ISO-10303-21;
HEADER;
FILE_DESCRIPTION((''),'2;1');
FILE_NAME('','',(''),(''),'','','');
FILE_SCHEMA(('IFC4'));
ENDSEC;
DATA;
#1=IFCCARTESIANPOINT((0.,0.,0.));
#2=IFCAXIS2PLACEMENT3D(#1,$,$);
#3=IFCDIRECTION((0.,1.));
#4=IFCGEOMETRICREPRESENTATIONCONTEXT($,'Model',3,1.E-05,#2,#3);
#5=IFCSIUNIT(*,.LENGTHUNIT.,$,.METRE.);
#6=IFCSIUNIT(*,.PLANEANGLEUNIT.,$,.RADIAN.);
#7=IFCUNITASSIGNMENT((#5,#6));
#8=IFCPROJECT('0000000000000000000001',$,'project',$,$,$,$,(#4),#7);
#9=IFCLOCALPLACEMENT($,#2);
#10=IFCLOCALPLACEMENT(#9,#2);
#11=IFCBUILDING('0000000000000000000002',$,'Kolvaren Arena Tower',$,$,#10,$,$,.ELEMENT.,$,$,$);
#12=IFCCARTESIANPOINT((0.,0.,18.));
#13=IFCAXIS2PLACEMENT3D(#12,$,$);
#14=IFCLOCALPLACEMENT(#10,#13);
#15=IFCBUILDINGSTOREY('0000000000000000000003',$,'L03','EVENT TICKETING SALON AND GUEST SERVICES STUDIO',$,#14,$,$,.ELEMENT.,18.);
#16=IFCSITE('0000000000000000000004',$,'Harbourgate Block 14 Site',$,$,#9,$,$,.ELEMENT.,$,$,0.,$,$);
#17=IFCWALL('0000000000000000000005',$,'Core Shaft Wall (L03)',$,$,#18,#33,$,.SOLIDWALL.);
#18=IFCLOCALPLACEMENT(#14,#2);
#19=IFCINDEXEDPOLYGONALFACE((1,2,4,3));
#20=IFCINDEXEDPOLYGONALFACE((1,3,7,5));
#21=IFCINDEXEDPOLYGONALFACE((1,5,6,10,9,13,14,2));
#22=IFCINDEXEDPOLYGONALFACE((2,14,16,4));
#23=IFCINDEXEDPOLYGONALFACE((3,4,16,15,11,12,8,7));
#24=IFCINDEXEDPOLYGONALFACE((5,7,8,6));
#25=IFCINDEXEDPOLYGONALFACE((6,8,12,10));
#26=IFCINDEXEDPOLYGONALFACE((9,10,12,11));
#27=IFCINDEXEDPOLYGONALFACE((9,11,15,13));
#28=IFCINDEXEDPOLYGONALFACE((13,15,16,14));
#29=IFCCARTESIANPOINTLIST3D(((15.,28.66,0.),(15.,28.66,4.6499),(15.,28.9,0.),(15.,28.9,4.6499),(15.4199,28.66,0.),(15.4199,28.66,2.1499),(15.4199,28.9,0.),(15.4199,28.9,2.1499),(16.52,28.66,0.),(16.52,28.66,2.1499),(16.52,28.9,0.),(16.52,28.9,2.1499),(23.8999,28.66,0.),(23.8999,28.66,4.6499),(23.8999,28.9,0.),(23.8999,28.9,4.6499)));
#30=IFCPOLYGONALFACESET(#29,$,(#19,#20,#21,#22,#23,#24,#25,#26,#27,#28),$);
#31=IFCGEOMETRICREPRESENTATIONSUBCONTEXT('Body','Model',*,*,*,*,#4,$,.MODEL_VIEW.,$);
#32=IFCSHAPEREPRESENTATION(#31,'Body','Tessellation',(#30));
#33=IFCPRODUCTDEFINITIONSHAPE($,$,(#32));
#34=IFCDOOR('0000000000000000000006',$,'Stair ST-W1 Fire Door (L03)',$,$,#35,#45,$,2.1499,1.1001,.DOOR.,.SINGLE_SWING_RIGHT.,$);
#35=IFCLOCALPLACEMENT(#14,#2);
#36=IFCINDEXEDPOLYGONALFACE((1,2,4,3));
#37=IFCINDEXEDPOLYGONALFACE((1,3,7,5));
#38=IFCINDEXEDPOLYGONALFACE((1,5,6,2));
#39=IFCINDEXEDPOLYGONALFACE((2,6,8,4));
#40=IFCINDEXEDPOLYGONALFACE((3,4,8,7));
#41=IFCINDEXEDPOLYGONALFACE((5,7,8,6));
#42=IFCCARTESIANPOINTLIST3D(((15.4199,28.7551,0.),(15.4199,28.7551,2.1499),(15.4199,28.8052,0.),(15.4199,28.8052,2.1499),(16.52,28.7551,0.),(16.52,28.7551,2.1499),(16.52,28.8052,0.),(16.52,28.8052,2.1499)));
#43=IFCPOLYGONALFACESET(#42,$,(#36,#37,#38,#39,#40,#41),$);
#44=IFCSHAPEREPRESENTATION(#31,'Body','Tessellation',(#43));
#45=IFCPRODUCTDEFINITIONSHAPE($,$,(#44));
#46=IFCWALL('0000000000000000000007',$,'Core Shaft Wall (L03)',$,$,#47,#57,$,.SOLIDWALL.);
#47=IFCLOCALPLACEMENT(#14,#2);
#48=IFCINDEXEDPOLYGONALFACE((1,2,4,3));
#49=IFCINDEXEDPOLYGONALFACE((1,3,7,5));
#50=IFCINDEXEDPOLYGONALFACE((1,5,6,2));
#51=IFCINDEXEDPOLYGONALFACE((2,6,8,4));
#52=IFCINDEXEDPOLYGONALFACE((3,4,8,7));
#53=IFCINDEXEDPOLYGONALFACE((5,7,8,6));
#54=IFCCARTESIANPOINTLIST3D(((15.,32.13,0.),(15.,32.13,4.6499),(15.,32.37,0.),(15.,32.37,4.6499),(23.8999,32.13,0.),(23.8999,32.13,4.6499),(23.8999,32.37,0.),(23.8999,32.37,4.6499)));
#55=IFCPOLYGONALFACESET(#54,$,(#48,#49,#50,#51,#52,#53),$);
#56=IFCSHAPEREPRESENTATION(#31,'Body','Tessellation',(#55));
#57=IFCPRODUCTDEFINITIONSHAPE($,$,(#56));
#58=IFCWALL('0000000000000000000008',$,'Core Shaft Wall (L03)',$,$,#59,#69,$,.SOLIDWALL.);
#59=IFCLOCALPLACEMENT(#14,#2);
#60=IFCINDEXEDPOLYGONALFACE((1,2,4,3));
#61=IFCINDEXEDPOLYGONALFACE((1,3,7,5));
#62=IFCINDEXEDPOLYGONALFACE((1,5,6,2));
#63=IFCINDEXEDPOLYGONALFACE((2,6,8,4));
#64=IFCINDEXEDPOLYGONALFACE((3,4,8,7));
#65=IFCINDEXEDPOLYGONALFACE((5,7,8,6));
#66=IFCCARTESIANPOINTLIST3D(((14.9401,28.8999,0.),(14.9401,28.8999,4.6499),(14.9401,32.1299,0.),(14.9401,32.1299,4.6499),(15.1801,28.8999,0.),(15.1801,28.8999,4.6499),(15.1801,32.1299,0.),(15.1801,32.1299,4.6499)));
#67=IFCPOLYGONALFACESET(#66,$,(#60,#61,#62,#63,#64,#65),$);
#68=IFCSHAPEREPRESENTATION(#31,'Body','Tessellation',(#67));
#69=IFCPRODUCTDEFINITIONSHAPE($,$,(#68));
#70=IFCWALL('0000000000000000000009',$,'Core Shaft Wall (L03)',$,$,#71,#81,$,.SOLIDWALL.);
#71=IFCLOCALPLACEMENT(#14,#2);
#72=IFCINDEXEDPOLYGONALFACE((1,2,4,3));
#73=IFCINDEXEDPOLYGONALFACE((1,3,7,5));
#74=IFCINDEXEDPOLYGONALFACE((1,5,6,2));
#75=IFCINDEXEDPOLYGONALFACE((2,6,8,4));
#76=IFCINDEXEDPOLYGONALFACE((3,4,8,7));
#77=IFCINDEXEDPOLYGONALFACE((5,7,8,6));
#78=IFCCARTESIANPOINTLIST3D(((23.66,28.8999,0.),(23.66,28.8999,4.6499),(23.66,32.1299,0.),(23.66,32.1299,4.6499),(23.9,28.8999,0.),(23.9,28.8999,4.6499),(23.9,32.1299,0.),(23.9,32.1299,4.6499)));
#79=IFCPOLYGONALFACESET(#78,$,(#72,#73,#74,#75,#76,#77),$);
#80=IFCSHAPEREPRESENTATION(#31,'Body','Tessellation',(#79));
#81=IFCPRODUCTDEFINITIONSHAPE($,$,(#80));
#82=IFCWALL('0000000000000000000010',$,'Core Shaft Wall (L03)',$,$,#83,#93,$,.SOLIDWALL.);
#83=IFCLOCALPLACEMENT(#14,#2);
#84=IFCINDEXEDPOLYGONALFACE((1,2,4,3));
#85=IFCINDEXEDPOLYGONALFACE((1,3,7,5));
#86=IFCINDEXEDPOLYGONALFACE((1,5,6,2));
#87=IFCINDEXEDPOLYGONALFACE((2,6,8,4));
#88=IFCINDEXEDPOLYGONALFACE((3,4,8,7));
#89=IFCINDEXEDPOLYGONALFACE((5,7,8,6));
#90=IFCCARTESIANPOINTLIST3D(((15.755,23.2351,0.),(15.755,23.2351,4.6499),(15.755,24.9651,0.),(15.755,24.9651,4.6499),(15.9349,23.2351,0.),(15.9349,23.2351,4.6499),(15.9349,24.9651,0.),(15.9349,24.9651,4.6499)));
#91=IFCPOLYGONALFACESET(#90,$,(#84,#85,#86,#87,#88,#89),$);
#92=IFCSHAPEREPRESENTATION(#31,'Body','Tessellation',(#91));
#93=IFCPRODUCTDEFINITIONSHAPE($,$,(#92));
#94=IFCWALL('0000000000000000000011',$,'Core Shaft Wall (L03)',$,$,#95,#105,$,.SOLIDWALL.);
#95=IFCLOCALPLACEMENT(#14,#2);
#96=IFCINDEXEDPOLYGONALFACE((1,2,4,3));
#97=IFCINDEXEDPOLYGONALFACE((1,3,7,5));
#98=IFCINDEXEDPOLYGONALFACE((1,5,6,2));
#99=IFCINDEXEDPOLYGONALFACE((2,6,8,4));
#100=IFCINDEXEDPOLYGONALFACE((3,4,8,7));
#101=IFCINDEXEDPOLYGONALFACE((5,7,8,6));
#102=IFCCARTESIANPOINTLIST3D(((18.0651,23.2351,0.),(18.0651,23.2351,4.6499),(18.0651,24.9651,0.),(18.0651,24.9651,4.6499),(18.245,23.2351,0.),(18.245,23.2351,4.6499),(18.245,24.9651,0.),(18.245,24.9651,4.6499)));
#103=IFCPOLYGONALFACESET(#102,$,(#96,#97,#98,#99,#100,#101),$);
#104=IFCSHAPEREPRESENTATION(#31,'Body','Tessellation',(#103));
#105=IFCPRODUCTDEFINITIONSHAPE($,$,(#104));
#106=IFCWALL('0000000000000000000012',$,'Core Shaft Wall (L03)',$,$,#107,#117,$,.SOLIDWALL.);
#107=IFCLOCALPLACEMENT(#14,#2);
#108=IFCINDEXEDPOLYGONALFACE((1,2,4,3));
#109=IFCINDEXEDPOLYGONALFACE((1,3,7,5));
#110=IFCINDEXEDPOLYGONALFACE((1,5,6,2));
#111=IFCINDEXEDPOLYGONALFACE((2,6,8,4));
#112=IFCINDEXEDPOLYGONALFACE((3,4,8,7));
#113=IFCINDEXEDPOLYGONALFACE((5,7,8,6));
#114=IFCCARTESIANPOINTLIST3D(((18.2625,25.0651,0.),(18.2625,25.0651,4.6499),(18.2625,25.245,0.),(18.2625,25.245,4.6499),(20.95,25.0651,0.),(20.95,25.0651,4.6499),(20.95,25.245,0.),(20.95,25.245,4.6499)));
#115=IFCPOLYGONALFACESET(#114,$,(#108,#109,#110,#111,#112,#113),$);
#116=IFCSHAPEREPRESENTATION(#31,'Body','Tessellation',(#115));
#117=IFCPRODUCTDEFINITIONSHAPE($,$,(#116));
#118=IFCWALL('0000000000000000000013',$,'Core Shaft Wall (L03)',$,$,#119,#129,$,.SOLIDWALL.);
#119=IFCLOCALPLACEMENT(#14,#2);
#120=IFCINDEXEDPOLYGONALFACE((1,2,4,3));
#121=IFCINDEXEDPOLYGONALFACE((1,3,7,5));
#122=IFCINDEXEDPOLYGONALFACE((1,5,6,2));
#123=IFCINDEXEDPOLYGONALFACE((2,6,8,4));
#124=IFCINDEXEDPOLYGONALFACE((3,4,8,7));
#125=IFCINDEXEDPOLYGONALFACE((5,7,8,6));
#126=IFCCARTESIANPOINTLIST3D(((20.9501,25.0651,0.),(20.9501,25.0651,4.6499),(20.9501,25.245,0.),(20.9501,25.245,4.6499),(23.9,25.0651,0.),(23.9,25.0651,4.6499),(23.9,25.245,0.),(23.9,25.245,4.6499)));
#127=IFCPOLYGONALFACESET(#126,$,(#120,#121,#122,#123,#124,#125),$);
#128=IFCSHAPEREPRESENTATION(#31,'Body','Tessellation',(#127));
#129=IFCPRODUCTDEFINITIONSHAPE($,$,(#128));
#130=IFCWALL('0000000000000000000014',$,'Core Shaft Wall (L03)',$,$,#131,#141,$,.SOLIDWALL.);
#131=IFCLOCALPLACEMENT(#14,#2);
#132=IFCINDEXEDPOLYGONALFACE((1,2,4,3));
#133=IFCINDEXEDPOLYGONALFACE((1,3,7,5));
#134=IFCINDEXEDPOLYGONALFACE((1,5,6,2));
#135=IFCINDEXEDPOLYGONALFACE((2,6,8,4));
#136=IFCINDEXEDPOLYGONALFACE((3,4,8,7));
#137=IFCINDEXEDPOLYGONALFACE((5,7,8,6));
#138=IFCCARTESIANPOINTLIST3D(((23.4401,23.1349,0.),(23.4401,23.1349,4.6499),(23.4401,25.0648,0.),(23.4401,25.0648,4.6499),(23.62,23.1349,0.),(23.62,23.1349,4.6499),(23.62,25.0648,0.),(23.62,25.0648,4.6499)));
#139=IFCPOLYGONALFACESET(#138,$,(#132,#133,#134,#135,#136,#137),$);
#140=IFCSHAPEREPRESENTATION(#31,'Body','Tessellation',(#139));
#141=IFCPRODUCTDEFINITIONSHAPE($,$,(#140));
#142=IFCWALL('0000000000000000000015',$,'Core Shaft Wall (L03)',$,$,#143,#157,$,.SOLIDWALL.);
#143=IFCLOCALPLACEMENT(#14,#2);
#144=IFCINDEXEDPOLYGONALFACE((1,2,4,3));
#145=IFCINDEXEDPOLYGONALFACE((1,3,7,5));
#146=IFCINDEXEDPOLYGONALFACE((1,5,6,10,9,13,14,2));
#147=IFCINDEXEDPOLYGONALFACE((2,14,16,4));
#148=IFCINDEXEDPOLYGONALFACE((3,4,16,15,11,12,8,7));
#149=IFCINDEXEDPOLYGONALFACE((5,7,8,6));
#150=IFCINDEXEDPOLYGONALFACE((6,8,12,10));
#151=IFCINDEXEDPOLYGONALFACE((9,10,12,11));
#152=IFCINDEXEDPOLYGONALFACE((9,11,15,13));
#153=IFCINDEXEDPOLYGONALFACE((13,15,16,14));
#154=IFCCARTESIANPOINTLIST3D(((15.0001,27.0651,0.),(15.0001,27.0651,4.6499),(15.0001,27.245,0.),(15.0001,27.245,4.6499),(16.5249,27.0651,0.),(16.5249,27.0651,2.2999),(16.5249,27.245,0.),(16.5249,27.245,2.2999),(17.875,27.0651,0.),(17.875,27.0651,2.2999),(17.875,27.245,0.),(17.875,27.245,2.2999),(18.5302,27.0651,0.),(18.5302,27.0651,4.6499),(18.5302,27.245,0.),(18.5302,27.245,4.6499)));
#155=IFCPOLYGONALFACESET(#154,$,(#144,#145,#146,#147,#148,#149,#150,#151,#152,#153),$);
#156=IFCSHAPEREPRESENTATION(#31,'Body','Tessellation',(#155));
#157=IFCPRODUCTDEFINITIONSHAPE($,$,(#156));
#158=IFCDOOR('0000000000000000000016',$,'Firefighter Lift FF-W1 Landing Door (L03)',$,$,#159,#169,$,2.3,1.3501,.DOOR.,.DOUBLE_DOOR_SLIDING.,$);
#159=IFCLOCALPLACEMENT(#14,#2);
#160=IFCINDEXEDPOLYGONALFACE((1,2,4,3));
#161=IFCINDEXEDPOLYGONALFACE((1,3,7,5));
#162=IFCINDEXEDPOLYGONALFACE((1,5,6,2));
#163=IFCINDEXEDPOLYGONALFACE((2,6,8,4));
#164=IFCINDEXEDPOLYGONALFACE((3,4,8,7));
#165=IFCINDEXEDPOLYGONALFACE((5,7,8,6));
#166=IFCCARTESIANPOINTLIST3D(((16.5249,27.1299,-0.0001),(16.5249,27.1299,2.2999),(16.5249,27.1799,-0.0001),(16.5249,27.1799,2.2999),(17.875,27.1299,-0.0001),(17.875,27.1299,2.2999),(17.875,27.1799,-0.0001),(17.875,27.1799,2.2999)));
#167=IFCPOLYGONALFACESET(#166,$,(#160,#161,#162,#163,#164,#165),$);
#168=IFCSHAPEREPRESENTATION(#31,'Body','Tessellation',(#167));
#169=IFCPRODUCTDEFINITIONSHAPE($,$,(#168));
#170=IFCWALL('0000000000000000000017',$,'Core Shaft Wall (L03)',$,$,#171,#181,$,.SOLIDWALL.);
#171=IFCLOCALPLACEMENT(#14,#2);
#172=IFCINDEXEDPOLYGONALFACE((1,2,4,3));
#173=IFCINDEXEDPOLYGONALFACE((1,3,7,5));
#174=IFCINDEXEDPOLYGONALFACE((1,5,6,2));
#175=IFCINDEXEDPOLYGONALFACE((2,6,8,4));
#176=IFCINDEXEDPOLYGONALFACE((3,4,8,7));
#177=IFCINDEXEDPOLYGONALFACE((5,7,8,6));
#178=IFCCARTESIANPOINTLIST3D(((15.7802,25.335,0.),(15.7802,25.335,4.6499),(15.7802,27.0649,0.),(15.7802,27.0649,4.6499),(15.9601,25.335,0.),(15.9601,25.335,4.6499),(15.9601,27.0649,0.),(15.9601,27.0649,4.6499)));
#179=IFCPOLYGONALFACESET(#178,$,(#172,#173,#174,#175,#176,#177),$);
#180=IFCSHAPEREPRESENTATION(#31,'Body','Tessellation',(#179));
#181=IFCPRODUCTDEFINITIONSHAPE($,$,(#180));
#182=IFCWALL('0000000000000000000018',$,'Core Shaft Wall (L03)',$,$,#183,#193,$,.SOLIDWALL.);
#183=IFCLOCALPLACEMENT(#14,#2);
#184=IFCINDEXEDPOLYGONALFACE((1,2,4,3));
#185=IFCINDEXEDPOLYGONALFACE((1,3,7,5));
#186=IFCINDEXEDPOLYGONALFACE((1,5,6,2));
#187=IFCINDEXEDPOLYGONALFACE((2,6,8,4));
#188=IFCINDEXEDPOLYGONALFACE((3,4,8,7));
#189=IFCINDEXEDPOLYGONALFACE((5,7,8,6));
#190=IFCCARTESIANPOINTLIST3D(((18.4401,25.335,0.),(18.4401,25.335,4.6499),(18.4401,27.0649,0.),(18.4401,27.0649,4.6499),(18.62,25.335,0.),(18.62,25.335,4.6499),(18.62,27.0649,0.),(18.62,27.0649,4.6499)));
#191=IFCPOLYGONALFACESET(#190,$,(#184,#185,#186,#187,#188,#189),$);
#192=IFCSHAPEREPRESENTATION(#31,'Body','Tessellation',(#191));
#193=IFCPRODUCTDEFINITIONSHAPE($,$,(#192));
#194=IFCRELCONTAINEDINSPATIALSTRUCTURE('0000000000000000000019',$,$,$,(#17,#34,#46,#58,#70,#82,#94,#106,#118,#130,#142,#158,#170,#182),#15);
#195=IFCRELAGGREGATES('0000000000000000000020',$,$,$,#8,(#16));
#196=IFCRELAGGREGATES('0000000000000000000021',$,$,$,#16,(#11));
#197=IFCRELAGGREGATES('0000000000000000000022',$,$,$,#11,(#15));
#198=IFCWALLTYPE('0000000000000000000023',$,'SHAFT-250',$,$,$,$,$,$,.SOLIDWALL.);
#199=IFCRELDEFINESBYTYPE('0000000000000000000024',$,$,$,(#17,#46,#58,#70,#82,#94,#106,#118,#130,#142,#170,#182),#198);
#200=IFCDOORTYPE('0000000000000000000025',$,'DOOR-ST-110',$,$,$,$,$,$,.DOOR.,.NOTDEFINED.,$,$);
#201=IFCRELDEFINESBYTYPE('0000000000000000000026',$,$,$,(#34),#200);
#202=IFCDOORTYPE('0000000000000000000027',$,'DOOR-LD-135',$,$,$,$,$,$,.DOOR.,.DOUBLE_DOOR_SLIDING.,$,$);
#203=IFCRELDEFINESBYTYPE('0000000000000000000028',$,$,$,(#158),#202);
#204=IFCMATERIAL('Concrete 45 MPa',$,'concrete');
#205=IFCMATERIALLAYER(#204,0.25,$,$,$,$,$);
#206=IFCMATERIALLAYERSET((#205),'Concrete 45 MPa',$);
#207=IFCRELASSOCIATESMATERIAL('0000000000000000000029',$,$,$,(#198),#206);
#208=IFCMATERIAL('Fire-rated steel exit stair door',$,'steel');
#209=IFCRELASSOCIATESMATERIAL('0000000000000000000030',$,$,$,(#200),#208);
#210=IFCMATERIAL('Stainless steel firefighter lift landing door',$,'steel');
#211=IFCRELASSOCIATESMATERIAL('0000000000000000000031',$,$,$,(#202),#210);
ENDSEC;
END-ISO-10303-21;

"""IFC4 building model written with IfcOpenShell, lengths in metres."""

from ifc_helpers import new_model, si_unit, direction, frame, frame_2d, origin, place, context, subcontext, project, spatial, rectangle, extrude, material, layer, layer_set, type_object, element, fill, save


model = new_model("IFC4")

# Units and contexts
model_context = context("Model", 3, precision=1e-05, world=origin(), true_north=direction((0.0, 1.0)))
body_context = subcontext(model_context, "Body", "Model", "MODEL_VIEW")
ifc_project = project(units=[si_unit("LENGTHUNIT", "METRE"), si_unit("PLANEANGLEUNIT", "RADIAN")], contexts=[model_context])

# Site, building, storey
site_placement = place(None, origin())
site = spatial("IfcSite", under=ifc_project, at=site_placement, Name="Harbourgate Block 14 Site", CompositionType="ELEMENT", RefElevation=0.0)
building_placement = place(site_placement, origin())
building = spatial("IfcBuilding", under=site, at=building_placement, Name="Kolvaren Arena Tower", CompositionType="ELEMENT")
storey_placement = place(building_placement, frame((0.0, 0.0, 18.0)))
storey = spatial("IfcBuildingStorey", under=building, at=storey_placement, Name="L03", Description="EVENT TICKETING SALON AND GUEST SERVICES STUDIO", CompositionType="ELEMENT", Elevation=18.0)

# Wall, opening, door
ifc_material_1 = material(Name="Concrete 45 MPa", Category="concrete")
ifc_layer_1 = layer(ifc_material_1, 0.25)
ifc_layer_set_1 = layer_set([ifc_layer_1], Name="Concrete 45 MPa")
wall_type_1 = type_object("IfcWallType", Name="SHAFT-250", PredefinedType="SOLIDWALL", material=ifc_layer_set_1)
wall_1_placement = place(storey_placement, frame((23.8999, 28.78, 0.0), z_axis=(0.0, 0.0, 1.0), x_axis=(-1.0, 0.0, 0.0)))
wall_1 = element("IfcWall", 1, at=wall_1_placement, inside=storey, type_object=wall_type_1, Name="Core Shaft Wall (L03)", PredefinedType="SOLIDWALL", context=body_context, shape_type="SweptSolid", body=[
    extrude(rectangle(XDim=8.8999, YDim=0.24, at=frame_2d((4.45, 0.0))), origin(), (0.0, 0.0, 1.0), 4.6499),
])
opening_1_placement = place(wall_1_placement, frame((7.3799, 0.0, 0.0)))
opening_1 = element("IfcOpeningElement", 2, at=opening_1_placement, cuts=wall_1, PredefinedType="OPENING", context=body_context, shape_type="SweptSolid", body=[
    extrude(rectangle(XDim=1.1001, YDim=2.1499, at=frame_2d((0.55, 1.075))), frame((0.0, 0.1299, 0.0), z_axis=(0.0, -1.0, 0.0), x_axis=(1.0, 0.0, 0.0)), (0.0, 0.0, 1.0), 0.26),
])
ifc_material_2 = material(Name="Fire-rated steel exit stair door", Category="steel")
door_type_1 = type_object("IfcDoorType", Name="DOOR-ST-110", OperationType="NOTDEFINED", PredefinedType="DOOR", material=ifc_material_2)
door_1_placement = place(opening_1_placement, origin())
door_1 = element("IfcDoor", 3, at=door_1_placement, inside=storey, type_object=door_type_1, Name="Stair ST-W1 Fire Door (L03)", OperationType="SINGLE_SWING_RIGHT", OverallHeight=2.1499, OverallWidth=1.1001, PredefinedType="DOOR", context=body_context, shape_type="SweptSolid", body=[
    extrude(rectangle(XDim=1.1001, YDim=2.1499, at=frame_2d((0.55, 1.075))), frame((0.0, 0.0249, 0.0), z_axis=(0.0, -1.0, 0.0), x_axis=(1.0, 0.0, 0.0)), (0.0, 0.0, 1.0), 0.05),
])
fill(opening_1, door_1)

# Walls
wall_2_placement = place(storey_placement, frame((15.0, 32.25, 0.0), z_axis=(0.0, 0.0, 1.0), x_axis=(1.0, 0.0, 0.0)))
element("IfcWall", 4, at=wall_2_placement, inside=storey, type_object=wall_type_1, Name="Core Shaft Wall (L03)", PredefinedType="SOLIDWALL", context=body_context, shape_type="SweptSolid", body=[
    extrude(rectangle(XDim=8.8999, YDim=0.24, at=frame_2d((4.45, 0.0))), origin(), (0.0, 0.0, 1.0), 4.6499),
])
for number, where, z_axis, x_axis, name in (
    (5, (15.0601, 28.8999, 0.0), (0.0, 0.0, 1.0), (0.0, 1.0, 0.0), "Core Shaft Wall (L03)"),
    (6, (23.78, 28.8999, 0.0), (0.0, 0.0, 1.0), (0.0, 1.0, 0.0), "Core Shaft Wall (L03)"),
):
    element("IfcWall", number, at=place(storey_placement, frame(where, z_axis=z_axis, x_axis=x_axis)), inside=storey, type_object=wall_type_1, Name=name, PredefinedType="SOLIDWALL", context=body_context, shape_type="SweptSolid", body=[
        extrude(rectangle(XDim=3.23, YDim=0.24, at=frame_2d((1.615, 0.0))), origin(), (0.0, 0.0, 1.0), 4.6499),
    ])
for number, where, z_axis, x_axis, name in (
    (7, (15.845, 23.2351, 0.0), (0.0, 0.0, 1.0), (0.0, 1.0, 0.0), "Core Shaft Wall (L03)"),
    (8, (18.155, 23.2351, 0.0), (0.0, 0.0, 1.0), (0.0, 1.0, 0.0), "Core Shaft Wall (L03)"),
):
    element("IfcWall", number, at=place(storey_placement, frame(where, z_axis=z_axis, x_axis=x_axis)), inside=storey, type_object=wall_type_1, Name=name, PredefinedType="SOLIDWALL", context=body_context, shape_type="SweptSolid", body=[
        extrude(rectangle(XDim=1.73, YDim=0.1799, at=frame_2d((0.865, 0.0))), origin(), (0.0, 0.0, 1.0), 4.6499),
    ])
wall_3_placement = place(storey_placement, frame((18.2625, 25.155, 0.0), z_axis=(0.0, 0.0, 1.0), x_axis=(1.0, 0.0, 0.0)))
element("IfcWall", 9, at=wall_3_placement, inside=storey, type_object=wall_type_1, Name="Core Shaft Wall (L03)", PredefinedType="SOLIDWALL", context=body_context, shape_type="SweptSolid", body=[
    extrude(rectangle(XDim=2.6875, YDim=0.1799, at=frame_2d((1.3438, 0.0))), origin(), (0.0, 0.0, 1.0), 4.6499),
])
wall_4_placement = place(storey_placement, frame((20.95, 25.155, 0.0), z_axis=(0.0, 0.0, 1.0), x_axis=(1.0, 0.0, 0.0)))
element("IfcWall", 10, at=wall_4_placement, inside=storey, type_object=wall_type_1, Name="Core Shaft Wall (L03)", PredefinedType="SOLIDWALL", context=body_context, shape_type="SweptSolid", body=[
    extrude(rectangle(XDim=2.95, YDim=0.1799, at=frame_2d((1.4751, 0.0))), origin(), (0.0, 0.0, 1.0), 4.6499),
])
wall_5_placement = place(storey_placement, frame((23.53, 23.135, 0.0), z_axis=(0.0, 0.0, 1.0), x_axis=(0.0, 1.0, 0.0)))
element("IfcWall", 11, at=wall_5_placement, inside=storey, type_object=wall_type_1, Name="Core Shaft Wall (L03)", PredefinedType="SOLIDWALL", context=body_context, shape_type="SweptSolid", body=[
    extrude(rectangle(XDim=1.9299, YDim=0.1799, at=frame_2d((0.9648, 0.0))), origin(), (0.0, 0.0, 1.0), 4.6499),
])

# Wall, opening, door
wall_6_placement = place(storey_placement, frame((15.0, 27.155, 0.0), z_axis=(0.0, 0.0, 1.0), x_axis=(1.0, 0.0, 0.0)))
wall_6 = element("IfcWall", 12, at=wall_6_placement, inside=storey, type_object=wall_type_1, Name="Core Shaft Wall (L03)", PredefinedType="SOLIDWALL", context=body_context, shape_type="SweptSolid", body=[
    extrude(rectangle(XDim=3.53, YDim=0.1799, at=frame_2d((1.7651, 0.0))), origin(), (0.0, 0.0, 1.0), 4.6499),
])
opening_2_placement = place(wall_6_placement, frame((1.5249, 0.0, 0.0)))
opening_2 = element("IfcOpeningElement", 13, at=opening_2_placement, cuts=wall_6, PredefinedType="OPENING", context=body_context, shape_type="SweptSolid", body=[
    extrude(rectangle(XDim=1.3501, YDim=2.3, at=frame_2d((0.675, 1.1499))), frame((0.0, 0.0999, 0.0), z_axis=(0.0, -1.0, 0.0), x_axis=(1.0, 0.0, 0.0)), (0.0, 0.0, 1.0), 0.2),
])
ifc_material_3 = material(Name="Stainless steel firefighter lift landing door", Category="steel")
door_type_2 = type_object("IfcDoorType", Name="DOOR-LD-135", OperationType="DOUBLE_DOOR_SLIDING", PredefinedType="DOOR", material=ifc_material_3)
door_2_placement = place(opening_2_placement, origin())
door_2 = element("IfcDoor", 14, at=door_2_placement, inside=storey, type_object=door_type_2, Name="Firefighter Lift FF-W1 Landing Door (L03)", OperationType="DOUBLE_DOOR_SLIDING", OverallHeight=2.3, OverallWidth=1.3501, PredefinedType="DOOR", context=body_context, shape_type="SweptSolid", body=[
    extrude(rectangle(XDim=1.3501, YDim=2.3, at=frame_2d((0.675, 1.1499))), frame((0.0, 0.0249, 0.0), z_axis=(0.0, -1.0, 0.0), x_axis=(1.0, 0.0, 0.0)), (0.0, 0.0, 1.0), 0.05),
])
fill(opening_2, door_2)

# Walls
for number, where, z_axis, x_axis, name in (
    (15, (15.8701, 25.335, 0.0), (0.0, 0.0, 1.0), (0.0, 1.0, 0.0), "Core Shaft Wall (L03)"),
    (16, (18.53, 25.335, 0.0), (0.0, 0.0, 1.0), (0.0, 1.0, 0.0), "Core Shaft Wall (L03)"),
):
    element("IfcWall", number, at=place(storey_placement, frame(where, z_axis=z_axis, x_axis=x_axis)), inside=storey, type_object=wall_type_1, Name=name, PredefinedType="SOLIDWALL", context=body_context, shape_type="SweptSolid", body=[
        extrude(rectangle(XDim=1.73, YDim=0.1799, at=frame_2d((0.865, 0.0))), origin(), (0.0, 0.0, 1.0), 4.6499),
    ])

save(model, "model.ifc")
